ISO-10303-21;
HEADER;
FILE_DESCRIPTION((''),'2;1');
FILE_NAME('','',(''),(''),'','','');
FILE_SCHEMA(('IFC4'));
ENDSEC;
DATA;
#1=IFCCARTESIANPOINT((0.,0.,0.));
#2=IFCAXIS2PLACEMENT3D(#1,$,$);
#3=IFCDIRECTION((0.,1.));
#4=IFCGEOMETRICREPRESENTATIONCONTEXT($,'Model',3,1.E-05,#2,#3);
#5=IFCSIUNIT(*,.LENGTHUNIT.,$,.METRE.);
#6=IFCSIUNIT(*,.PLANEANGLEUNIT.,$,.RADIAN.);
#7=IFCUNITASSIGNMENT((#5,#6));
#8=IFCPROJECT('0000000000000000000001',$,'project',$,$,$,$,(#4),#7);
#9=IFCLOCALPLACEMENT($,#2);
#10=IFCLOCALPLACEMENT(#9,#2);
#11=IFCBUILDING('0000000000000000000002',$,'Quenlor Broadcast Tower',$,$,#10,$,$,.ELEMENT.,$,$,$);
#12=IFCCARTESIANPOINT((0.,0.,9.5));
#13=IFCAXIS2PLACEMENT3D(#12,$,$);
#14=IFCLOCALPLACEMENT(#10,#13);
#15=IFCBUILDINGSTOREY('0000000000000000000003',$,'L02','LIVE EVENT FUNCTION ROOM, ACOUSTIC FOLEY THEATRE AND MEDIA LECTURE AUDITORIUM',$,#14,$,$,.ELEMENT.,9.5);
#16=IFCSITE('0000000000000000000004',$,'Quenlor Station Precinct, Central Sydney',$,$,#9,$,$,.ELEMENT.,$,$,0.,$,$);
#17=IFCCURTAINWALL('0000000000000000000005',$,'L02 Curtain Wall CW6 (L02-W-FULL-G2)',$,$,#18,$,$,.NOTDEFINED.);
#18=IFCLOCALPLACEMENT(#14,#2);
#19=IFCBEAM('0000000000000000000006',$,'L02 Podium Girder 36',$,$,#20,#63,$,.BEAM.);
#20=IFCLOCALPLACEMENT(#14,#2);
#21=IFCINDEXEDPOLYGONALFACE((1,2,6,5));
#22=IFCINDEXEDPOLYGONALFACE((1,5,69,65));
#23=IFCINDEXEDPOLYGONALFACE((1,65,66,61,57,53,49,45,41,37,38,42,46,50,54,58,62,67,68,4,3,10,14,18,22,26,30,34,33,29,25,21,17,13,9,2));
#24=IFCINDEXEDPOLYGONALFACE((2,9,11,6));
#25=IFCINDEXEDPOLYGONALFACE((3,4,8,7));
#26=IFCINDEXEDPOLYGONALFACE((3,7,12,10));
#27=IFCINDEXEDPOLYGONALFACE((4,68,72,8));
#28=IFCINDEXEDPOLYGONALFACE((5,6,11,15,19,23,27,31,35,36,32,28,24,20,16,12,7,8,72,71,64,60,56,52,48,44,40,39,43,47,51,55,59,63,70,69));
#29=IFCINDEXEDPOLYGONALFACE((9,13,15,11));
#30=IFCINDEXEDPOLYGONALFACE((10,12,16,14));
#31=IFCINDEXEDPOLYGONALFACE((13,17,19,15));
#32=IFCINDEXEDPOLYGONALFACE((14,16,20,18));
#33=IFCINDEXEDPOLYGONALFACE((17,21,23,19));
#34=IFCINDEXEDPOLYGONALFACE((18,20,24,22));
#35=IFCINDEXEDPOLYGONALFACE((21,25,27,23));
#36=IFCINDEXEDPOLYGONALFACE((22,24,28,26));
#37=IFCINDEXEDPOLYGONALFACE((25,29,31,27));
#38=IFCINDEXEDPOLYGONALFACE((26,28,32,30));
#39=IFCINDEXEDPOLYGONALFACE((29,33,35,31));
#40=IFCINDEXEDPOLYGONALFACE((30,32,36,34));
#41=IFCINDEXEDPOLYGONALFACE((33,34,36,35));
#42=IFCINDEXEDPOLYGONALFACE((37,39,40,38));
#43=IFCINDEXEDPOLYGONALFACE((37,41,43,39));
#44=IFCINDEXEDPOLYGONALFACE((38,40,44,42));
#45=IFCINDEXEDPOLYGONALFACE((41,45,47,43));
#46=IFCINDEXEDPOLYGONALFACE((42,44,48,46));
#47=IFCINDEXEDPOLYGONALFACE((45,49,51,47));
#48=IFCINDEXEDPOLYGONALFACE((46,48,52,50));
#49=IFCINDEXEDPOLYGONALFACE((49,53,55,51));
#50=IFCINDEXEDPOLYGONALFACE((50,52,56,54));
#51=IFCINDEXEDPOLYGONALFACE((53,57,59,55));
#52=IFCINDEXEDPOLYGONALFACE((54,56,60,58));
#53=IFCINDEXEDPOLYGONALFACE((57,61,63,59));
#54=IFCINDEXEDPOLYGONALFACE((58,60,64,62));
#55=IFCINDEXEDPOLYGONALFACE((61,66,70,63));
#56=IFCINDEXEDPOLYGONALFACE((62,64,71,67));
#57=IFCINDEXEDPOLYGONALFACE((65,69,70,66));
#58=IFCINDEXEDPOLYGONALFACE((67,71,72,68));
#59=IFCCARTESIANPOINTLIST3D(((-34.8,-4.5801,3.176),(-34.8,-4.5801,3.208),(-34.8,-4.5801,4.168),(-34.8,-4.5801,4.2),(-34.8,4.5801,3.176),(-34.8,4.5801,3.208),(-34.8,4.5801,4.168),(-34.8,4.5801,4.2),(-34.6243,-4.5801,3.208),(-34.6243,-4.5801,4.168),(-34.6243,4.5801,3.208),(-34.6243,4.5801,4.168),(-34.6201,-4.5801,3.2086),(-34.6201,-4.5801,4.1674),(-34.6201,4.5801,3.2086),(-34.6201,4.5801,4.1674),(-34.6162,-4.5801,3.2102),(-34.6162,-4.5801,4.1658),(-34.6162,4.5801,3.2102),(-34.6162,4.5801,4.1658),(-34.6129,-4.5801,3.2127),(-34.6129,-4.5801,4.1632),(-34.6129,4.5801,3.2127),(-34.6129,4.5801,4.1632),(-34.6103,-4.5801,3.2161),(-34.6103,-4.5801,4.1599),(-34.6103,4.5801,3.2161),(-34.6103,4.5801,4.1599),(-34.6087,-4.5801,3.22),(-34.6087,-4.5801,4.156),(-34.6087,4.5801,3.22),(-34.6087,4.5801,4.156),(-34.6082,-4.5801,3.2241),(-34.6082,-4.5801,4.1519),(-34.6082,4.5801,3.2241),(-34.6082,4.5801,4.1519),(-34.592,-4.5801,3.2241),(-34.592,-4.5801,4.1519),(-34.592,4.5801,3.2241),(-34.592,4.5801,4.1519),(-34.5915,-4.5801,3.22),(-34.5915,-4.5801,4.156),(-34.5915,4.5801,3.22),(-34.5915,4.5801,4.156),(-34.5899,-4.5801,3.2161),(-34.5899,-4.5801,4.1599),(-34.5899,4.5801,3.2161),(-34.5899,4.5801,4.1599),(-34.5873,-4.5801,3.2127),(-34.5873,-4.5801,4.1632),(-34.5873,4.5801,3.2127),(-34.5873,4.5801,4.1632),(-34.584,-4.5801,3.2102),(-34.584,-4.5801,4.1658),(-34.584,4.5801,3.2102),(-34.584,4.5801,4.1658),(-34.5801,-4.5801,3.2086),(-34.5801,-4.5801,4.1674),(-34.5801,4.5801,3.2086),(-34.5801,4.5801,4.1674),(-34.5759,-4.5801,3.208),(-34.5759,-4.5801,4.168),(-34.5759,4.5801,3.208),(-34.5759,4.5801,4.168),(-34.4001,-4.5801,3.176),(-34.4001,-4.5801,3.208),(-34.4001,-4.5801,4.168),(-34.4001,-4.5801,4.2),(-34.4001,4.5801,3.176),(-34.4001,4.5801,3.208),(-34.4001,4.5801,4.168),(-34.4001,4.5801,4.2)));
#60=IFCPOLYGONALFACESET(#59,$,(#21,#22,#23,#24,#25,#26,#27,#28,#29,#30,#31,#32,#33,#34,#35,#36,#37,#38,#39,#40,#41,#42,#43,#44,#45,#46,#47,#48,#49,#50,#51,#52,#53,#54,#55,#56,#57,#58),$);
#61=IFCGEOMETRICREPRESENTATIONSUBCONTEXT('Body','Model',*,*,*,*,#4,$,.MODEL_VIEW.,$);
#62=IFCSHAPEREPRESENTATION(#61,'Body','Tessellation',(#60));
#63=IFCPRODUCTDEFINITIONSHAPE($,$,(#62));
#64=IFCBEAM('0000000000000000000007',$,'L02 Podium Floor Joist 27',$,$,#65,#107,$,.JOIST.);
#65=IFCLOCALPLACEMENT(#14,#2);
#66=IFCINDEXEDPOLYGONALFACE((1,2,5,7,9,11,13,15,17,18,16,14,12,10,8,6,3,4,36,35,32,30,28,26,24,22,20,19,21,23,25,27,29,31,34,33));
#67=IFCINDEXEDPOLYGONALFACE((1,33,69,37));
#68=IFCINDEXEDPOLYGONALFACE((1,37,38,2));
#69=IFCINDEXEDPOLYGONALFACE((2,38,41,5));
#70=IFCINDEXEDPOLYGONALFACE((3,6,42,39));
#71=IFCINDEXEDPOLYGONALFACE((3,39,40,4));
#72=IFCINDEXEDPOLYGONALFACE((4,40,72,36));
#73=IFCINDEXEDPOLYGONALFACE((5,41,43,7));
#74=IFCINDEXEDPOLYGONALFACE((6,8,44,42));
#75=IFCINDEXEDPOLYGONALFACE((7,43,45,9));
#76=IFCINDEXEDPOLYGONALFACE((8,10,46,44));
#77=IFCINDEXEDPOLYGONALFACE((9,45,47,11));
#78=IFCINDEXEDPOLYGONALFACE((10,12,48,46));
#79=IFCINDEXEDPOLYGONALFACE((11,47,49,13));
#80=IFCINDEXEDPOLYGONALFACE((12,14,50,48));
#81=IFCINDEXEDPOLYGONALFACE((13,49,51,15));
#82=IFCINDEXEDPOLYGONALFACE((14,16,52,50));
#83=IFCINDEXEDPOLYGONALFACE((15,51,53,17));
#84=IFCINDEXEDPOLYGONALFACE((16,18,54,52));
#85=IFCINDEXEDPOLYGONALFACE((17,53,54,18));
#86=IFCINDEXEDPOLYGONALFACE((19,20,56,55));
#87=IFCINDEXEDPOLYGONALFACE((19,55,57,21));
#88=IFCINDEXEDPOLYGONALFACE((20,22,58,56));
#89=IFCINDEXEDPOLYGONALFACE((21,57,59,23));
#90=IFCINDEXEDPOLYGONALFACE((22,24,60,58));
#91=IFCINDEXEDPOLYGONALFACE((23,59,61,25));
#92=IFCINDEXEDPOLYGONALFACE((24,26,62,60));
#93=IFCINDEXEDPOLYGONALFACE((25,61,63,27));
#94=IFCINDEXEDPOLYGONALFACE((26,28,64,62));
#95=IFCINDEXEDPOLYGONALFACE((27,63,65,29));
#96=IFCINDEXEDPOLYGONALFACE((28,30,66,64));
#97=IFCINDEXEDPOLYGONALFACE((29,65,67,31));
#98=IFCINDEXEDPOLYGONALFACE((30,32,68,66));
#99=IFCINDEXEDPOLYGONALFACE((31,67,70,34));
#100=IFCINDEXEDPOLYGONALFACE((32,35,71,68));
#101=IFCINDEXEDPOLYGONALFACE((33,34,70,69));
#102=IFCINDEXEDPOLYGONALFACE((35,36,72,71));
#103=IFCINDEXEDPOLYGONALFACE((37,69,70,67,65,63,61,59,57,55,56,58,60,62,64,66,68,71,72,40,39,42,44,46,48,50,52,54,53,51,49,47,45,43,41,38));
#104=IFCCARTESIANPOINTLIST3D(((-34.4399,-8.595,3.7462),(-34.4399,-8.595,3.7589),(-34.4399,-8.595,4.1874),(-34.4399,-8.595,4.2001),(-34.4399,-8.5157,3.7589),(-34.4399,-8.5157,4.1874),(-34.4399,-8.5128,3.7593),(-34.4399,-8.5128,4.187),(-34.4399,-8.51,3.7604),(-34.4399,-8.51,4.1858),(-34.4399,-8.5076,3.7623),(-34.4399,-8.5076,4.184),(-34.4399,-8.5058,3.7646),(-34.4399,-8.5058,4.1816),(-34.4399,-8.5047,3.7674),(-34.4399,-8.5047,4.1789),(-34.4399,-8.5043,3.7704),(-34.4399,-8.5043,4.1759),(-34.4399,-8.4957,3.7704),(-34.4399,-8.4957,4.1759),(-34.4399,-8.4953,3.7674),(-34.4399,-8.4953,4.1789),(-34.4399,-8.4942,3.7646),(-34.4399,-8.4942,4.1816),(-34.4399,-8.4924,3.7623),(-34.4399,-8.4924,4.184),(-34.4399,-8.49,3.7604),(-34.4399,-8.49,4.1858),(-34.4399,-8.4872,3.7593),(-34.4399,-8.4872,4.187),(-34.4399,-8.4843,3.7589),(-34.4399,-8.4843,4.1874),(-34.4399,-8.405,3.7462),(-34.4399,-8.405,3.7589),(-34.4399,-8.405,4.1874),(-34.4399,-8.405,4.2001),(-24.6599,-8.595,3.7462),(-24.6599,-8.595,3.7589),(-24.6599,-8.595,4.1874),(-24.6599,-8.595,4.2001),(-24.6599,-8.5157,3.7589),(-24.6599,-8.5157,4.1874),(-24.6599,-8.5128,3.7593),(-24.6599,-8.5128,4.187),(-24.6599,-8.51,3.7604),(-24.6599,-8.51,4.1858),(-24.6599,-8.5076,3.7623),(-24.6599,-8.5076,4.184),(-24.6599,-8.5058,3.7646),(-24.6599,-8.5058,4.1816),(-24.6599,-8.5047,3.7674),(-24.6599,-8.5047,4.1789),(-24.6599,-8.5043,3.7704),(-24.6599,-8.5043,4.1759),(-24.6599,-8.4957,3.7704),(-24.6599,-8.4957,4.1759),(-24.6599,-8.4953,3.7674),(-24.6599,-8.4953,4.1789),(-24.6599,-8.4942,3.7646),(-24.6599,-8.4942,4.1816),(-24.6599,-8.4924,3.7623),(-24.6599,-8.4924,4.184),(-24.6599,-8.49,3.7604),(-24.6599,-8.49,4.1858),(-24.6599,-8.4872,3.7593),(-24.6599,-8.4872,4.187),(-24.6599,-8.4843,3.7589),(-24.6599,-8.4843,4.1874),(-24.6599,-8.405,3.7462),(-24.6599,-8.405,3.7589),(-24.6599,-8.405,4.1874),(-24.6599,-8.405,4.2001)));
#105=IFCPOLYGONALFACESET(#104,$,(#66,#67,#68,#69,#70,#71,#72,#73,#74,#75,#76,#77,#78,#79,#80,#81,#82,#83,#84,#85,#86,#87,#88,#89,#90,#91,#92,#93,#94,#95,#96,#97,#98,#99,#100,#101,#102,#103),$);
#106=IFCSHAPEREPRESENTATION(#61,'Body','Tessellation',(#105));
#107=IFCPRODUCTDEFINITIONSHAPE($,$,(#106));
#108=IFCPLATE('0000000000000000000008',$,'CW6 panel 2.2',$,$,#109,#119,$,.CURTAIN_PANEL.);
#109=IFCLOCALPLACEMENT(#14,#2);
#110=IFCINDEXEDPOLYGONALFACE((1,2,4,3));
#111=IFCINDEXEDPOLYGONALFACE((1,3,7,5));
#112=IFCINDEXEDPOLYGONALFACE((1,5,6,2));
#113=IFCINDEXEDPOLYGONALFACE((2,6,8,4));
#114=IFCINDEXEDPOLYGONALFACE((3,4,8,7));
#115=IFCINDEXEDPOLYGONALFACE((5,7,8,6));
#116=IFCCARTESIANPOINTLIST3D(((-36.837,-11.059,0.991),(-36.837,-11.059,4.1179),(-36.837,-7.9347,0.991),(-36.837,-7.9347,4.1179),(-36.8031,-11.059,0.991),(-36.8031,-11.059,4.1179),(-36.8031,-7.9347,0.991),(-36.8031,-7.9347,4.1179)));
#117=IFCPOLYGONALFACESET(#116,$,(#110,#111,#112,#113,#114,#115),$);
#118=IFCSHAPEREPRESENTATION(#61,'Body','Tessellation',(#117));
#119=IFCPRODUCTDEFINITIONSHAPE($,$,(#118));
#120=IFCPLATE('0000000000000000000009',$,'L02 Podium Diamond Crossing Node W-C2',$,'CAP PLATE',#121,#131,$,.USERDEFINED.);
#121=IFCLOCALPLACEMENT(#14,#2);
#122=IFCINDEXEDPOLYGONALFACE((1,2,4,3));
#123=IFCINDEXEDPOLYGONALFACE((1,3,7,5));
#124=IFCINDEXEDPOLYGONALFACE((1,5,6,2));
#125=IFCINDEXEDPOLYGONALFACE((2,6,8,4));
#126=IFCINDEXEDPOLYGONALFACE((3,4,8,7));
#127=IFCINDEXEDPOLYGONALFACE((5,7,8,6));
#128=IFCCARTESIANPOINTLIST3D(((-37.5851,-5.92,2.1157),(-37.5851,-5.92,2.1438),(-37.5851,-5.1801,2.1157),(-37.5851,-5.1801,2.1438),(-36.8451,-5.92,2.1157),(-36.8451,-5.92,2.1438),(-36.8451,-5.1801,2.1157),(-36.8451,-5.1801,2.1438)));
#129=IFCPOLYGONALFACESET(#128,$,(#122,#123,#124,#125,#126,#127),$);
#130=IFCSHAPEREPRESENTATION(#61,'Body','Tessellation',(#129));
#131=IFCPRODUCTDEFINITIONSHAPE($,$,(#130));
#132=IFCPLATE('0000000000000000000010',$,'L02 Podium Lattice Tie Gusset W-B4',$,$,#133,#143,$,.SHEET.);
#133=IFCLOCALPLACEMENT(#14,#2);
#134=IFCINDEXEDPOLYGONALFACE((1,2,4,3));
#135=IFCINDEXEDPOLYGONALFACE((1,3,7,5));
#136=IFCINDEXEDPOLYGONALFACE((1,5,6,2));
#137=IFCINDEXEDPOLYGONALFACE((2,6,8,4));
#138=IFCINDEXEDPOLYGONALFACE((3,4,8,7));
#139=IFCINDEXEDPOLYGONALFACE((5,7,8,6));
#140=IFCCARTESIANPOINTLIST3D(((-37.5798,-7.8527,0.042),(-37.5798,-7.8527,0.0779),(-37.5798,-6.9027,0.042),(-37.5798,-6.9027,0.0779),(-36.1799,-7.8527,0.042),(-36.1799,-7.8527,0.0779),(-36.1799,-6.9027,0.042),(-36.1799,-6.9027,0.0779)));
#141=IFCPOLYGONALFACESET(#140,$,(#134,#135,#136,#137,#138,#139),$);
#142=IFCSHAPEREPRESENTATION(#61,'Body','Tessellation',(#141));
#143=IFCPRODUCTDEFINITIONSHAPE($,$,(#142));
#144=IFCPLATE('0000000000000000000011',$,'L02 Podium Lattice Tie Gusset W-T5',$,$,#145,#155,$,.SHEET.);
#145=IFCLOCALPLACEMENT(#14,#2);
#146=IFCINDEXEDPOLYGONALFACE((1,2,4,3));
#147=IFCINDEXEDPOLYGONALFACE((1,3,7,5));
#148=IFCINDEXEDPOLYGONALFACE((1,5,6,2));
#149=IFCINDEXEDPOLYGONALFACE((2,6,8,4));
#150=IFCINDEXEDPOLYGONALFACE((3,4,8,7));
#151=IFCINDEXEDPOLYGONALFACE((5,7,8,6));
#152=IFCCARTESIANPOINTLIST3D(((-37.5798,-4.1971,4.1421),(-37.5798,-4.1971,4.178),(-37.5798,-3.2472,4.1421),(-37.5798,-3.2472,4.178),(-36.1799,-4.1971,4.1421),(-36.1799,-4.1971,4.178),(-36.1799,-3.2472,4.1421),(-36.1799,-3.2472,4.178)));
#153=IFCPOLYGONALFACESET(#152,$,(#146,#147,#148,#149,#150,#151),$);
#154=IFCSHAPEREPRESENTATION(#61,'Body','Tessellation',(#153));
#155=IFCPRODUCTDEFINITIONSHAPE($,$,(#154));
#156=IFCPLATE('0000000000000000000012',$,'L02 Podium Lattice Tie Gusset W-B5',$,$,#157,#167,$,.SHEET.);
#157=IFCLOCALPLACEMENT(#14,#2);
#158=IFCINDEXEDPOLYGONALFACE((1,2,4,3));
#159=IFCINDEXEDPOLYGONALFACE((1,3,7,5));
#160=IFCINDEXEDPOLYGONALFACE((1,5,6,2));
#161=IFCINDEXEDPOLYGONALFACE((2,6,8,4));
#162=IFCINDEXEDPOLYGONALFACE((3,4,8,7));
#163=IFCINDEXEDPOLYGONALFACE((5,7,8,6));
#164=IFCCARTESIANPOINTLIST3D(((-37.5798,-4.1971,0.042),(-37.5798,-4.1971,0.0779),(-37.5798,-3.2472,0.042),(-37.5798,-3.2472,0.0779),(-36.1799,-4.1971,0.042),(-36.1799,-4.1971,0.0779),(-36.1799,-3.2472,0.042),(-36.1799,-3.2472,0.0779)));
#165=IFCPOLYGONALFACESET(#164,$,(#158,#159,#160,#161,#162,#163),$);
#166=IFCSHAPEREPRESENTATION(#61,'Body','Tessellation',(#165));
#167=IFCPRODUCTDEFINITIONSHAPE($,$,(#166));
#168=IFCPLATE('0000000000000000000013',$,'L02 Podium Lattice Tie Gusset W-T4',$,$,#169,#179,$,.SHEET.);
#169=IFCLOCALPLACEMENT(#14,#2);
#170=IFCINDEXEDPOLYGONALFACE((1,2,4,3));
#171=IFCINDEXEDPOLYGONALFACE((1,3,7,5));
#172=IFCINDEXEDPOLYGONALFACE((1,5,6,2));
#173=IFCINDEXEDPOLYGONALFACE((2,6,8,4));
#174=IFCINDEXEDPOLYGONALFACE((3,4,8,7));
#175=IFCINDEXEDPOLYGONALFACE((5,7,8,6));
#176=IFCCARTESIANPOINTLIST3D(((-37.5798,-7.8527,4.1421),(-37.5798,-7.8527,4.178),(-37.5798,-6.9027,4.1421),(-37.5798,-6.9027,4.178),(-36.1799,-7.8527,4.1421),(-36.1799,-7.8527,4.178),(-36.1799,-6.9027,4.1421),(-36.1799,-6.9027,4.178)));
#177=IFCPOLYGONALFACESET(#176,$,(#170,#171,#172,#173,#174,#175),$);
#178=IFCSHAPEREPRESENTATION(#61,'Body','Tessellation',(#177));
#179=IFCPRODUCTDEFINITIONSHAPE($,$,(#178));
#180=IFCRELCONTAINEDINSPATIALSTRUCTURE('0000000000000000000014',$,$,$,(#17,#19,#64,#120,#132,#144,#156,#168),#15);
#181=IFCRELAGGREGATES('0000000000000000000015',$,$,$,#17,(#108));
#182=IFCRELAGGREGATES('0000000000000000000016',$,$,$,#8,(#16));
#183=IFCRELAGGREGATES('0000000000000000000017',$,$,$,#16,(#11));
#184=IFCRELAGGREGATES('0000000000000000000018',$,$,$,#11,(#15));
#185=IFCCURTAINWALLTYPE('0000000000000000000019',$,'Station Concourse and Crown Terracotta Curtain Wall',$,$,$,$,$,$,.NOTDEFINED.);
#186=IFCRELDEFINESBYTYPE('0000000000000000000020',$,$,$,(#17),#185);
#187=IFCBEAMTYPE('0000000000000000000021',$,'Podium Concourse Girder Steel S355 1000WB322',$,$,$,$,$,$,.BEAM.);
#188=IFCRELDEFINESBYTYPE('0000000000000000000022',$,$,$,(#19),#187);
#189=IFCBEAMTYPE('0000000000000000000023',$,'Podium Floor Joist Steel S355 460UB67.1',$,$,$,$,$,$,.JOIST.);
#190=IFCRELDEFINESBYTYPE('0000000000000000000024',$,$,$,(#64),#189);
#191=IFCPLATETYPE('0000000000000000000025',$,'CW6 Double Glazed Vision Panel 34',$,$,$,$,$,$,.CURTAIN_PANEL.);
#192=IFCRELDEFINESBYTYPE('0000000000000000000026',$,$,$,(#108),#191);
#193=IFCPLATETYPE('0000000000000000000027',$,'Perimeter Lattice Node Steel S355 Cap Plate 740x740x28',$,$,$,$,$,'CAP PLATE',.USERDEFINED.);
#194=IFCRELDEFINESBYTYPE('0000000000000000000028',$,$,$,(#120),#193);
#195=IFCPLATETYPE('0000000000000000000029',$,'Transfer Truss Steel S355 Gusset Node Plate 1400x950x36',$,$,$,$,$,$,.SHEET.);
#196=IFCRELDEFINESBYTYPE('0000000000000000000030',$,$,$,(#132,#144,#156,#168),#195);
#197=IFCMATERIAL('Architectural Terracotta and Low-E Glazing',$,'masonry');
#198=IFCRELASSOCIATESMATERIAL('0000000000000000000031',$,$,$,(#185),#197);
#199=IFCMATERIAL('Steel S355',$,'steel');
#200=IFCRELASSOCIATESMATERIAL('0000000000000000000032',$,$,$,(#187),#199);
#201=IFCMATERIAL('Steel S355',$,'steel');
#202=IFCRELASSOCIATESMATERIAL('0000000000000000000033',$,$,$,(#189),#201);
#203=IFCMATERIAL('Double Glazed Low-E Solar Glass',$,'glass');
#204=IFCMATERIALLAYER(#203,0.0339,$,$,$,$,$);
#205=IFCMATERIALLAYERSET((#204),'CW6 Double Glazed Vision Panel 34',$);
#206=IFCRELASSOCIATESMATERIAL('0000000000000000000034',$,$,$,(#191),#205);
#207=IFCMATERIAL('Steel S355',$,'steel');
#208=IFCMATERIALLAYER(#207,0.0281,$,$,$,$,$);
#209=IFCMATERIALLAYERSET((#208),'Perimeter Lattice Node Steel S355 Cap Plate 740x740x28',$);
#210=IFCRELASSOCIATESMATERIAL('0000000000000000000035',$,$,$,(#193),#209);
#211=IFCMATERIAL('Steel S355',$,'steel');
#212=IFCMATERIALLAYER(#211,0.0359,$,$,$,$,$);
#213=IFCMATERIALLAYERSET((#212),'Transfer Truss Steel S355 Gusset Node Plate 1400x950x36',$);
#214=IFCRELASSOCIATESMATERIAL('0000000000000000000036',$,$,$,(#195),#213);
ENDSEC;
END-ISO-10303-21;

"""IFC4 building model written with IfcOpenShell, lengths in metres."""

from ifc_helpers import new_model, si_unit, direction, frame, origin, origin_2d, place, context, subcontext, project, spatial, rectangle, i_section, extrude, material, layer, layer_set, material_profile, profile_set, type_object, element, aggregate, save


model = new_model("IFC4")

# Units and contexts
model_context = context("Model", 3, precision=1e-05, world=origin(), true_north=direction((0.0, 1.0)))
body_context = subcontext(model_context, "Body", "Model", "MODEL_VIEW")
ifc_project = project(units=[si_unit("LENGTHUNIT", "METRE"), si_unit("PLANEANGLEUNIT", "RADIAN")], contexts=[model_context])

# Site, building, storey
site_placement = place(None, origin())
site = spatial("IfcSite", under=ifc_project, at=site_placement, Name="Quenlor Station Precinct, Central Sydney", CompositionType="ELEMENT", RefElevation=0.0)
building_placement = place(site_placement, origin())
building = spatial("IfcBuilding", under=site, at=building_placement, Name="Quenlor Broadcast Tower", CompositionType="ELEMENT")
storey_placement = place(building_placement, frame((0.0, 0.0, 9.5)))
storey = spatial("IfcBuildingStorey", under=building, at=storey_placement, Name="L02", Description="LIVE EVENT FUNCTION ROOM, ACOUSTIC FOLEY THEATRE AND MEDIA LECTURE AUDITORIUM", CompositionType="ELEMENT", Elevation=9.5)

# Curtain wall
ifc_material_1 = material(Name="Architectural Terracotta and Low-E Glazing", Category="masonry")
curtain_wall_type = type_object("IfcCurtainWallType", Name="Station Concourse and Crown Terracotta Curtain Wall", PredefinedType="NOTDEFINED", material=ifc_material_1)
curtain_wall_1_placement = place(storey_placement, origin())
curtain_wall_1 = element("IfcCurtainWall", 1, at=curtain_wall_1_placement, inside=storey, type_object=curtain_wall_type, Name="L02 Curtain Wall CW6 (L02-W-FULL-G2)", PredefinedType="NOTDEFINED")

# Beams
ifc_material_2 = material(Name="Steel S355", Category="steel")
ifc_material_profile_1 = material_profile(ifc_material_2, i_section(OverallWidth=0.3999, OverallDepth=1.0239, WebThickness=0.0161, FlangeThickness=0.032, FilletRadius=0.0161, at=origin_2d()))
ifc_profile_set_1 = profile_set([ifc_material_profile_1], Name="Steel S355 1000WB322")
beam_type_1 = type_object("IfcBeamType", Name="Podium Concourse Girder Steel S355 1000WB322", PredefinedType="BEAM", material=ifc_profile_set_1)
beam_1_placement = place(storey_placement, frame((-34.6001, -4.5801, 3.688), z_axis=(0.0, 1.0, 0.0), x_axis=(-1.0, 0.0, 0.0)))
element("IfcBeam", 2, at=beam_1_placement, inside=storey, type_object=beam_type_1, Name="L02 Podium Girder 36", PredefinedType="BEAM", context=body_context, shape_type="SweptSolid", body=[
    extrude(i_section(OverallWidth=0.3999, OverallDepth=1.0239, WebThickness=0.0161, FlangeThickness=0.032, FilletRadius=0.0161, at=origin_2d()), origin(), (0.0, 0.0, 1.0), 9.1602),
])
ifc_material_3 = material(Name="Steel S355", Category="steel")
ifc_material_profile_2 = material_profile(ifc_material_3, i_section(OverallWidth=0.1899, OverallDepth=0.4539, WebThickness=0.0085, FlangeThickness=0.0127, FilletRadius=0.0115, at=origin_2d()))
ifc_profile_set_2 = profile_set([ifc_material_profile_2], Name="Steel S355 460UB67.1")
beam_type_2 = type_object("IfcBeamType", Name="Podium Floor Joist Steel S355 460UB67.1", PredefinedType="JOIST", material=ifc_profile_set_2)
beam_2_placement = place(storey_placement, frame((-34.4399, -8.5, 3.9731), z_axis=(1.0, 0.0, 0.0), x_axis=(0.0, 1.0, 0.0)))
element("IfcBeam", 3, at=beam_2_placement, inside=storey, type_object=beam_type_2, Name="L02 Podium Floor Joist 27", PredefinedType="JOIST", context=body_context, shape_type="SweptSolid", body=[
    extrude(i_section(OverallWidth=0.1899, OverallDepth=0.4539, WebThickness=0.0085, FlangeThickness=0.0127, FilletRadius=0.0115, at=origin_2d()), origin(), (0.0, 0.0, 1.0), 9.78),
])

# Plate
ifc_material_4 = material(Name="Double Glazed Low-E Solar Glass", Category="glass")
ifc_layer_1 = layer(ifc_material_4, 0.0339)
ifc_layer_set_1 = layer_set([ifc_layer_1], Name="CW6 Double Glazed Vision Panel 34")
plate_type_1 = type_object("IfcPlateType", Name="CW6 Double Glazed Vision Panel 34", PredefinedType="CURTAIN_PANEL", material=ifc_layer_set_1)
plate_1_placement = place(storey_placement, frame((-36.8201, -9.4968, 0.991), z_axis=(0.0, 0.0, 1.0), x_axis=(0.0, 1.0, 0.0)))
plate_1 = element("IfcPlate", 4, at=plate_1_placement, type_object=plate_type_1, Name="CW6 panel 2.2", PredefinedType="CURTAIN_PANEL", context=body_context, shape_type="SweptSolid", body=[
    extrude(rectangle(XDim=3.1243, YDim=0.0339, at=origin_2d()), origin(), (0.0, 0.0, 1.0), 3.127),
])
aggregate(curtain_wall_1, [plate_1])

# Plates
ifc_material_5 = material(Name="Steel S355", Category="steel")
ifc_layer_2 = layer(ifc_material_5, 0.0281)
ifc_layer_set_2 = layer_set([ifc_layer_2], Name="Perimeter Lattice Node Steel S355 Cap Plate 740x740x28")
plate_type_2 = type_object("IfcPlateType", Name="Perimeter Lattice Node Steel S355 Cap Plate 740x740x28", ElementType="CAP PLATE", PredefinedType="USERDEFINED", material=ifc_layer_set_2)
plate_2_placement = place(storey_placement, frame((-37.2151, -5.55, 2.1157), z_axis=(0.0, 0.0, 1.0), x_axis=(0.0, 1.0, 0.0)))
element("IfcPlate", 5, at=plate_2_placement, inside=storey, type_object=plate_type_2, Name="L02 Podium Diamond Crossing Node W-C2", ObjectType="CAP PLATE", PredefinedType="USERDEFINED", context=body_context, shape_type="SweptSolid", body=[
    extrude(rectangle(XDim=0.74, YDim=0.74, at=origin_2d()), origin(), (0.0, 0.0, 1.0), 0.0281),
])
ifc_material_6 = material(Name="Steel S355", Category="steel")
ifc_layer_3 = layer(ifc_material_6, 0.0359)
ifc_layer_set_3 = layer_set([ifc_layer_3], Name="Transfer Truss Steel S355 Gusset Node Plate 1400x950x36")
plate_type_3 = type_object("IfcPlateType", Name="Transfer Truss Steel S355 Gusset Node Plate 1400x950x36", PredefinedType="SHEET", material=ifc_layer_set_3)
for number, where, z_axis, x_axis, name in (
    (6, (-36.8799, -7.3777, 0.042), (0.0, 0.0, 1.0), (-1.0, 0.0, 0.0), "L02 Podium Lattice Tie Gusset W-B4"),
    (7, (-36.8799, -3.7222, 4.1421), (0.0, 0.0, 1.0), (-1.0, 0.0, 0.0), "L02 Podium Lattice Tie Gusset W-T5"),
    (8, (-36.8799, -3.7222, 0.042), (0.0, 0.0, 1.0), (-1.0, 0.0, 0.0), "L02 Podium Lattice Tie Gusset W-B5"),
    (9, (-36.8799, -7.3777, 4.1421), (0.0, 0.0, 1.0), (-1.0, 0.0, 0.0), "L02 Podium Lattice Tie Gusset W-T4"),
):
    element("IfcPlate", number, at=place(storey_placement, frame(where, z_axis=z_axis, x_axis=x_axis)), inside=storey, type_object=plate_type_3, Name=name, PredefinedType="SHEET", context=body_context, shape_type="SweptSolid", body=[
        extrude(rectangle(XDim=1.3999, YDim=0.95, at=origin_2d()), origin(), (0.0, 0.0, 1.0), 0.0359),
    ])

save(model, "model.ifc")
